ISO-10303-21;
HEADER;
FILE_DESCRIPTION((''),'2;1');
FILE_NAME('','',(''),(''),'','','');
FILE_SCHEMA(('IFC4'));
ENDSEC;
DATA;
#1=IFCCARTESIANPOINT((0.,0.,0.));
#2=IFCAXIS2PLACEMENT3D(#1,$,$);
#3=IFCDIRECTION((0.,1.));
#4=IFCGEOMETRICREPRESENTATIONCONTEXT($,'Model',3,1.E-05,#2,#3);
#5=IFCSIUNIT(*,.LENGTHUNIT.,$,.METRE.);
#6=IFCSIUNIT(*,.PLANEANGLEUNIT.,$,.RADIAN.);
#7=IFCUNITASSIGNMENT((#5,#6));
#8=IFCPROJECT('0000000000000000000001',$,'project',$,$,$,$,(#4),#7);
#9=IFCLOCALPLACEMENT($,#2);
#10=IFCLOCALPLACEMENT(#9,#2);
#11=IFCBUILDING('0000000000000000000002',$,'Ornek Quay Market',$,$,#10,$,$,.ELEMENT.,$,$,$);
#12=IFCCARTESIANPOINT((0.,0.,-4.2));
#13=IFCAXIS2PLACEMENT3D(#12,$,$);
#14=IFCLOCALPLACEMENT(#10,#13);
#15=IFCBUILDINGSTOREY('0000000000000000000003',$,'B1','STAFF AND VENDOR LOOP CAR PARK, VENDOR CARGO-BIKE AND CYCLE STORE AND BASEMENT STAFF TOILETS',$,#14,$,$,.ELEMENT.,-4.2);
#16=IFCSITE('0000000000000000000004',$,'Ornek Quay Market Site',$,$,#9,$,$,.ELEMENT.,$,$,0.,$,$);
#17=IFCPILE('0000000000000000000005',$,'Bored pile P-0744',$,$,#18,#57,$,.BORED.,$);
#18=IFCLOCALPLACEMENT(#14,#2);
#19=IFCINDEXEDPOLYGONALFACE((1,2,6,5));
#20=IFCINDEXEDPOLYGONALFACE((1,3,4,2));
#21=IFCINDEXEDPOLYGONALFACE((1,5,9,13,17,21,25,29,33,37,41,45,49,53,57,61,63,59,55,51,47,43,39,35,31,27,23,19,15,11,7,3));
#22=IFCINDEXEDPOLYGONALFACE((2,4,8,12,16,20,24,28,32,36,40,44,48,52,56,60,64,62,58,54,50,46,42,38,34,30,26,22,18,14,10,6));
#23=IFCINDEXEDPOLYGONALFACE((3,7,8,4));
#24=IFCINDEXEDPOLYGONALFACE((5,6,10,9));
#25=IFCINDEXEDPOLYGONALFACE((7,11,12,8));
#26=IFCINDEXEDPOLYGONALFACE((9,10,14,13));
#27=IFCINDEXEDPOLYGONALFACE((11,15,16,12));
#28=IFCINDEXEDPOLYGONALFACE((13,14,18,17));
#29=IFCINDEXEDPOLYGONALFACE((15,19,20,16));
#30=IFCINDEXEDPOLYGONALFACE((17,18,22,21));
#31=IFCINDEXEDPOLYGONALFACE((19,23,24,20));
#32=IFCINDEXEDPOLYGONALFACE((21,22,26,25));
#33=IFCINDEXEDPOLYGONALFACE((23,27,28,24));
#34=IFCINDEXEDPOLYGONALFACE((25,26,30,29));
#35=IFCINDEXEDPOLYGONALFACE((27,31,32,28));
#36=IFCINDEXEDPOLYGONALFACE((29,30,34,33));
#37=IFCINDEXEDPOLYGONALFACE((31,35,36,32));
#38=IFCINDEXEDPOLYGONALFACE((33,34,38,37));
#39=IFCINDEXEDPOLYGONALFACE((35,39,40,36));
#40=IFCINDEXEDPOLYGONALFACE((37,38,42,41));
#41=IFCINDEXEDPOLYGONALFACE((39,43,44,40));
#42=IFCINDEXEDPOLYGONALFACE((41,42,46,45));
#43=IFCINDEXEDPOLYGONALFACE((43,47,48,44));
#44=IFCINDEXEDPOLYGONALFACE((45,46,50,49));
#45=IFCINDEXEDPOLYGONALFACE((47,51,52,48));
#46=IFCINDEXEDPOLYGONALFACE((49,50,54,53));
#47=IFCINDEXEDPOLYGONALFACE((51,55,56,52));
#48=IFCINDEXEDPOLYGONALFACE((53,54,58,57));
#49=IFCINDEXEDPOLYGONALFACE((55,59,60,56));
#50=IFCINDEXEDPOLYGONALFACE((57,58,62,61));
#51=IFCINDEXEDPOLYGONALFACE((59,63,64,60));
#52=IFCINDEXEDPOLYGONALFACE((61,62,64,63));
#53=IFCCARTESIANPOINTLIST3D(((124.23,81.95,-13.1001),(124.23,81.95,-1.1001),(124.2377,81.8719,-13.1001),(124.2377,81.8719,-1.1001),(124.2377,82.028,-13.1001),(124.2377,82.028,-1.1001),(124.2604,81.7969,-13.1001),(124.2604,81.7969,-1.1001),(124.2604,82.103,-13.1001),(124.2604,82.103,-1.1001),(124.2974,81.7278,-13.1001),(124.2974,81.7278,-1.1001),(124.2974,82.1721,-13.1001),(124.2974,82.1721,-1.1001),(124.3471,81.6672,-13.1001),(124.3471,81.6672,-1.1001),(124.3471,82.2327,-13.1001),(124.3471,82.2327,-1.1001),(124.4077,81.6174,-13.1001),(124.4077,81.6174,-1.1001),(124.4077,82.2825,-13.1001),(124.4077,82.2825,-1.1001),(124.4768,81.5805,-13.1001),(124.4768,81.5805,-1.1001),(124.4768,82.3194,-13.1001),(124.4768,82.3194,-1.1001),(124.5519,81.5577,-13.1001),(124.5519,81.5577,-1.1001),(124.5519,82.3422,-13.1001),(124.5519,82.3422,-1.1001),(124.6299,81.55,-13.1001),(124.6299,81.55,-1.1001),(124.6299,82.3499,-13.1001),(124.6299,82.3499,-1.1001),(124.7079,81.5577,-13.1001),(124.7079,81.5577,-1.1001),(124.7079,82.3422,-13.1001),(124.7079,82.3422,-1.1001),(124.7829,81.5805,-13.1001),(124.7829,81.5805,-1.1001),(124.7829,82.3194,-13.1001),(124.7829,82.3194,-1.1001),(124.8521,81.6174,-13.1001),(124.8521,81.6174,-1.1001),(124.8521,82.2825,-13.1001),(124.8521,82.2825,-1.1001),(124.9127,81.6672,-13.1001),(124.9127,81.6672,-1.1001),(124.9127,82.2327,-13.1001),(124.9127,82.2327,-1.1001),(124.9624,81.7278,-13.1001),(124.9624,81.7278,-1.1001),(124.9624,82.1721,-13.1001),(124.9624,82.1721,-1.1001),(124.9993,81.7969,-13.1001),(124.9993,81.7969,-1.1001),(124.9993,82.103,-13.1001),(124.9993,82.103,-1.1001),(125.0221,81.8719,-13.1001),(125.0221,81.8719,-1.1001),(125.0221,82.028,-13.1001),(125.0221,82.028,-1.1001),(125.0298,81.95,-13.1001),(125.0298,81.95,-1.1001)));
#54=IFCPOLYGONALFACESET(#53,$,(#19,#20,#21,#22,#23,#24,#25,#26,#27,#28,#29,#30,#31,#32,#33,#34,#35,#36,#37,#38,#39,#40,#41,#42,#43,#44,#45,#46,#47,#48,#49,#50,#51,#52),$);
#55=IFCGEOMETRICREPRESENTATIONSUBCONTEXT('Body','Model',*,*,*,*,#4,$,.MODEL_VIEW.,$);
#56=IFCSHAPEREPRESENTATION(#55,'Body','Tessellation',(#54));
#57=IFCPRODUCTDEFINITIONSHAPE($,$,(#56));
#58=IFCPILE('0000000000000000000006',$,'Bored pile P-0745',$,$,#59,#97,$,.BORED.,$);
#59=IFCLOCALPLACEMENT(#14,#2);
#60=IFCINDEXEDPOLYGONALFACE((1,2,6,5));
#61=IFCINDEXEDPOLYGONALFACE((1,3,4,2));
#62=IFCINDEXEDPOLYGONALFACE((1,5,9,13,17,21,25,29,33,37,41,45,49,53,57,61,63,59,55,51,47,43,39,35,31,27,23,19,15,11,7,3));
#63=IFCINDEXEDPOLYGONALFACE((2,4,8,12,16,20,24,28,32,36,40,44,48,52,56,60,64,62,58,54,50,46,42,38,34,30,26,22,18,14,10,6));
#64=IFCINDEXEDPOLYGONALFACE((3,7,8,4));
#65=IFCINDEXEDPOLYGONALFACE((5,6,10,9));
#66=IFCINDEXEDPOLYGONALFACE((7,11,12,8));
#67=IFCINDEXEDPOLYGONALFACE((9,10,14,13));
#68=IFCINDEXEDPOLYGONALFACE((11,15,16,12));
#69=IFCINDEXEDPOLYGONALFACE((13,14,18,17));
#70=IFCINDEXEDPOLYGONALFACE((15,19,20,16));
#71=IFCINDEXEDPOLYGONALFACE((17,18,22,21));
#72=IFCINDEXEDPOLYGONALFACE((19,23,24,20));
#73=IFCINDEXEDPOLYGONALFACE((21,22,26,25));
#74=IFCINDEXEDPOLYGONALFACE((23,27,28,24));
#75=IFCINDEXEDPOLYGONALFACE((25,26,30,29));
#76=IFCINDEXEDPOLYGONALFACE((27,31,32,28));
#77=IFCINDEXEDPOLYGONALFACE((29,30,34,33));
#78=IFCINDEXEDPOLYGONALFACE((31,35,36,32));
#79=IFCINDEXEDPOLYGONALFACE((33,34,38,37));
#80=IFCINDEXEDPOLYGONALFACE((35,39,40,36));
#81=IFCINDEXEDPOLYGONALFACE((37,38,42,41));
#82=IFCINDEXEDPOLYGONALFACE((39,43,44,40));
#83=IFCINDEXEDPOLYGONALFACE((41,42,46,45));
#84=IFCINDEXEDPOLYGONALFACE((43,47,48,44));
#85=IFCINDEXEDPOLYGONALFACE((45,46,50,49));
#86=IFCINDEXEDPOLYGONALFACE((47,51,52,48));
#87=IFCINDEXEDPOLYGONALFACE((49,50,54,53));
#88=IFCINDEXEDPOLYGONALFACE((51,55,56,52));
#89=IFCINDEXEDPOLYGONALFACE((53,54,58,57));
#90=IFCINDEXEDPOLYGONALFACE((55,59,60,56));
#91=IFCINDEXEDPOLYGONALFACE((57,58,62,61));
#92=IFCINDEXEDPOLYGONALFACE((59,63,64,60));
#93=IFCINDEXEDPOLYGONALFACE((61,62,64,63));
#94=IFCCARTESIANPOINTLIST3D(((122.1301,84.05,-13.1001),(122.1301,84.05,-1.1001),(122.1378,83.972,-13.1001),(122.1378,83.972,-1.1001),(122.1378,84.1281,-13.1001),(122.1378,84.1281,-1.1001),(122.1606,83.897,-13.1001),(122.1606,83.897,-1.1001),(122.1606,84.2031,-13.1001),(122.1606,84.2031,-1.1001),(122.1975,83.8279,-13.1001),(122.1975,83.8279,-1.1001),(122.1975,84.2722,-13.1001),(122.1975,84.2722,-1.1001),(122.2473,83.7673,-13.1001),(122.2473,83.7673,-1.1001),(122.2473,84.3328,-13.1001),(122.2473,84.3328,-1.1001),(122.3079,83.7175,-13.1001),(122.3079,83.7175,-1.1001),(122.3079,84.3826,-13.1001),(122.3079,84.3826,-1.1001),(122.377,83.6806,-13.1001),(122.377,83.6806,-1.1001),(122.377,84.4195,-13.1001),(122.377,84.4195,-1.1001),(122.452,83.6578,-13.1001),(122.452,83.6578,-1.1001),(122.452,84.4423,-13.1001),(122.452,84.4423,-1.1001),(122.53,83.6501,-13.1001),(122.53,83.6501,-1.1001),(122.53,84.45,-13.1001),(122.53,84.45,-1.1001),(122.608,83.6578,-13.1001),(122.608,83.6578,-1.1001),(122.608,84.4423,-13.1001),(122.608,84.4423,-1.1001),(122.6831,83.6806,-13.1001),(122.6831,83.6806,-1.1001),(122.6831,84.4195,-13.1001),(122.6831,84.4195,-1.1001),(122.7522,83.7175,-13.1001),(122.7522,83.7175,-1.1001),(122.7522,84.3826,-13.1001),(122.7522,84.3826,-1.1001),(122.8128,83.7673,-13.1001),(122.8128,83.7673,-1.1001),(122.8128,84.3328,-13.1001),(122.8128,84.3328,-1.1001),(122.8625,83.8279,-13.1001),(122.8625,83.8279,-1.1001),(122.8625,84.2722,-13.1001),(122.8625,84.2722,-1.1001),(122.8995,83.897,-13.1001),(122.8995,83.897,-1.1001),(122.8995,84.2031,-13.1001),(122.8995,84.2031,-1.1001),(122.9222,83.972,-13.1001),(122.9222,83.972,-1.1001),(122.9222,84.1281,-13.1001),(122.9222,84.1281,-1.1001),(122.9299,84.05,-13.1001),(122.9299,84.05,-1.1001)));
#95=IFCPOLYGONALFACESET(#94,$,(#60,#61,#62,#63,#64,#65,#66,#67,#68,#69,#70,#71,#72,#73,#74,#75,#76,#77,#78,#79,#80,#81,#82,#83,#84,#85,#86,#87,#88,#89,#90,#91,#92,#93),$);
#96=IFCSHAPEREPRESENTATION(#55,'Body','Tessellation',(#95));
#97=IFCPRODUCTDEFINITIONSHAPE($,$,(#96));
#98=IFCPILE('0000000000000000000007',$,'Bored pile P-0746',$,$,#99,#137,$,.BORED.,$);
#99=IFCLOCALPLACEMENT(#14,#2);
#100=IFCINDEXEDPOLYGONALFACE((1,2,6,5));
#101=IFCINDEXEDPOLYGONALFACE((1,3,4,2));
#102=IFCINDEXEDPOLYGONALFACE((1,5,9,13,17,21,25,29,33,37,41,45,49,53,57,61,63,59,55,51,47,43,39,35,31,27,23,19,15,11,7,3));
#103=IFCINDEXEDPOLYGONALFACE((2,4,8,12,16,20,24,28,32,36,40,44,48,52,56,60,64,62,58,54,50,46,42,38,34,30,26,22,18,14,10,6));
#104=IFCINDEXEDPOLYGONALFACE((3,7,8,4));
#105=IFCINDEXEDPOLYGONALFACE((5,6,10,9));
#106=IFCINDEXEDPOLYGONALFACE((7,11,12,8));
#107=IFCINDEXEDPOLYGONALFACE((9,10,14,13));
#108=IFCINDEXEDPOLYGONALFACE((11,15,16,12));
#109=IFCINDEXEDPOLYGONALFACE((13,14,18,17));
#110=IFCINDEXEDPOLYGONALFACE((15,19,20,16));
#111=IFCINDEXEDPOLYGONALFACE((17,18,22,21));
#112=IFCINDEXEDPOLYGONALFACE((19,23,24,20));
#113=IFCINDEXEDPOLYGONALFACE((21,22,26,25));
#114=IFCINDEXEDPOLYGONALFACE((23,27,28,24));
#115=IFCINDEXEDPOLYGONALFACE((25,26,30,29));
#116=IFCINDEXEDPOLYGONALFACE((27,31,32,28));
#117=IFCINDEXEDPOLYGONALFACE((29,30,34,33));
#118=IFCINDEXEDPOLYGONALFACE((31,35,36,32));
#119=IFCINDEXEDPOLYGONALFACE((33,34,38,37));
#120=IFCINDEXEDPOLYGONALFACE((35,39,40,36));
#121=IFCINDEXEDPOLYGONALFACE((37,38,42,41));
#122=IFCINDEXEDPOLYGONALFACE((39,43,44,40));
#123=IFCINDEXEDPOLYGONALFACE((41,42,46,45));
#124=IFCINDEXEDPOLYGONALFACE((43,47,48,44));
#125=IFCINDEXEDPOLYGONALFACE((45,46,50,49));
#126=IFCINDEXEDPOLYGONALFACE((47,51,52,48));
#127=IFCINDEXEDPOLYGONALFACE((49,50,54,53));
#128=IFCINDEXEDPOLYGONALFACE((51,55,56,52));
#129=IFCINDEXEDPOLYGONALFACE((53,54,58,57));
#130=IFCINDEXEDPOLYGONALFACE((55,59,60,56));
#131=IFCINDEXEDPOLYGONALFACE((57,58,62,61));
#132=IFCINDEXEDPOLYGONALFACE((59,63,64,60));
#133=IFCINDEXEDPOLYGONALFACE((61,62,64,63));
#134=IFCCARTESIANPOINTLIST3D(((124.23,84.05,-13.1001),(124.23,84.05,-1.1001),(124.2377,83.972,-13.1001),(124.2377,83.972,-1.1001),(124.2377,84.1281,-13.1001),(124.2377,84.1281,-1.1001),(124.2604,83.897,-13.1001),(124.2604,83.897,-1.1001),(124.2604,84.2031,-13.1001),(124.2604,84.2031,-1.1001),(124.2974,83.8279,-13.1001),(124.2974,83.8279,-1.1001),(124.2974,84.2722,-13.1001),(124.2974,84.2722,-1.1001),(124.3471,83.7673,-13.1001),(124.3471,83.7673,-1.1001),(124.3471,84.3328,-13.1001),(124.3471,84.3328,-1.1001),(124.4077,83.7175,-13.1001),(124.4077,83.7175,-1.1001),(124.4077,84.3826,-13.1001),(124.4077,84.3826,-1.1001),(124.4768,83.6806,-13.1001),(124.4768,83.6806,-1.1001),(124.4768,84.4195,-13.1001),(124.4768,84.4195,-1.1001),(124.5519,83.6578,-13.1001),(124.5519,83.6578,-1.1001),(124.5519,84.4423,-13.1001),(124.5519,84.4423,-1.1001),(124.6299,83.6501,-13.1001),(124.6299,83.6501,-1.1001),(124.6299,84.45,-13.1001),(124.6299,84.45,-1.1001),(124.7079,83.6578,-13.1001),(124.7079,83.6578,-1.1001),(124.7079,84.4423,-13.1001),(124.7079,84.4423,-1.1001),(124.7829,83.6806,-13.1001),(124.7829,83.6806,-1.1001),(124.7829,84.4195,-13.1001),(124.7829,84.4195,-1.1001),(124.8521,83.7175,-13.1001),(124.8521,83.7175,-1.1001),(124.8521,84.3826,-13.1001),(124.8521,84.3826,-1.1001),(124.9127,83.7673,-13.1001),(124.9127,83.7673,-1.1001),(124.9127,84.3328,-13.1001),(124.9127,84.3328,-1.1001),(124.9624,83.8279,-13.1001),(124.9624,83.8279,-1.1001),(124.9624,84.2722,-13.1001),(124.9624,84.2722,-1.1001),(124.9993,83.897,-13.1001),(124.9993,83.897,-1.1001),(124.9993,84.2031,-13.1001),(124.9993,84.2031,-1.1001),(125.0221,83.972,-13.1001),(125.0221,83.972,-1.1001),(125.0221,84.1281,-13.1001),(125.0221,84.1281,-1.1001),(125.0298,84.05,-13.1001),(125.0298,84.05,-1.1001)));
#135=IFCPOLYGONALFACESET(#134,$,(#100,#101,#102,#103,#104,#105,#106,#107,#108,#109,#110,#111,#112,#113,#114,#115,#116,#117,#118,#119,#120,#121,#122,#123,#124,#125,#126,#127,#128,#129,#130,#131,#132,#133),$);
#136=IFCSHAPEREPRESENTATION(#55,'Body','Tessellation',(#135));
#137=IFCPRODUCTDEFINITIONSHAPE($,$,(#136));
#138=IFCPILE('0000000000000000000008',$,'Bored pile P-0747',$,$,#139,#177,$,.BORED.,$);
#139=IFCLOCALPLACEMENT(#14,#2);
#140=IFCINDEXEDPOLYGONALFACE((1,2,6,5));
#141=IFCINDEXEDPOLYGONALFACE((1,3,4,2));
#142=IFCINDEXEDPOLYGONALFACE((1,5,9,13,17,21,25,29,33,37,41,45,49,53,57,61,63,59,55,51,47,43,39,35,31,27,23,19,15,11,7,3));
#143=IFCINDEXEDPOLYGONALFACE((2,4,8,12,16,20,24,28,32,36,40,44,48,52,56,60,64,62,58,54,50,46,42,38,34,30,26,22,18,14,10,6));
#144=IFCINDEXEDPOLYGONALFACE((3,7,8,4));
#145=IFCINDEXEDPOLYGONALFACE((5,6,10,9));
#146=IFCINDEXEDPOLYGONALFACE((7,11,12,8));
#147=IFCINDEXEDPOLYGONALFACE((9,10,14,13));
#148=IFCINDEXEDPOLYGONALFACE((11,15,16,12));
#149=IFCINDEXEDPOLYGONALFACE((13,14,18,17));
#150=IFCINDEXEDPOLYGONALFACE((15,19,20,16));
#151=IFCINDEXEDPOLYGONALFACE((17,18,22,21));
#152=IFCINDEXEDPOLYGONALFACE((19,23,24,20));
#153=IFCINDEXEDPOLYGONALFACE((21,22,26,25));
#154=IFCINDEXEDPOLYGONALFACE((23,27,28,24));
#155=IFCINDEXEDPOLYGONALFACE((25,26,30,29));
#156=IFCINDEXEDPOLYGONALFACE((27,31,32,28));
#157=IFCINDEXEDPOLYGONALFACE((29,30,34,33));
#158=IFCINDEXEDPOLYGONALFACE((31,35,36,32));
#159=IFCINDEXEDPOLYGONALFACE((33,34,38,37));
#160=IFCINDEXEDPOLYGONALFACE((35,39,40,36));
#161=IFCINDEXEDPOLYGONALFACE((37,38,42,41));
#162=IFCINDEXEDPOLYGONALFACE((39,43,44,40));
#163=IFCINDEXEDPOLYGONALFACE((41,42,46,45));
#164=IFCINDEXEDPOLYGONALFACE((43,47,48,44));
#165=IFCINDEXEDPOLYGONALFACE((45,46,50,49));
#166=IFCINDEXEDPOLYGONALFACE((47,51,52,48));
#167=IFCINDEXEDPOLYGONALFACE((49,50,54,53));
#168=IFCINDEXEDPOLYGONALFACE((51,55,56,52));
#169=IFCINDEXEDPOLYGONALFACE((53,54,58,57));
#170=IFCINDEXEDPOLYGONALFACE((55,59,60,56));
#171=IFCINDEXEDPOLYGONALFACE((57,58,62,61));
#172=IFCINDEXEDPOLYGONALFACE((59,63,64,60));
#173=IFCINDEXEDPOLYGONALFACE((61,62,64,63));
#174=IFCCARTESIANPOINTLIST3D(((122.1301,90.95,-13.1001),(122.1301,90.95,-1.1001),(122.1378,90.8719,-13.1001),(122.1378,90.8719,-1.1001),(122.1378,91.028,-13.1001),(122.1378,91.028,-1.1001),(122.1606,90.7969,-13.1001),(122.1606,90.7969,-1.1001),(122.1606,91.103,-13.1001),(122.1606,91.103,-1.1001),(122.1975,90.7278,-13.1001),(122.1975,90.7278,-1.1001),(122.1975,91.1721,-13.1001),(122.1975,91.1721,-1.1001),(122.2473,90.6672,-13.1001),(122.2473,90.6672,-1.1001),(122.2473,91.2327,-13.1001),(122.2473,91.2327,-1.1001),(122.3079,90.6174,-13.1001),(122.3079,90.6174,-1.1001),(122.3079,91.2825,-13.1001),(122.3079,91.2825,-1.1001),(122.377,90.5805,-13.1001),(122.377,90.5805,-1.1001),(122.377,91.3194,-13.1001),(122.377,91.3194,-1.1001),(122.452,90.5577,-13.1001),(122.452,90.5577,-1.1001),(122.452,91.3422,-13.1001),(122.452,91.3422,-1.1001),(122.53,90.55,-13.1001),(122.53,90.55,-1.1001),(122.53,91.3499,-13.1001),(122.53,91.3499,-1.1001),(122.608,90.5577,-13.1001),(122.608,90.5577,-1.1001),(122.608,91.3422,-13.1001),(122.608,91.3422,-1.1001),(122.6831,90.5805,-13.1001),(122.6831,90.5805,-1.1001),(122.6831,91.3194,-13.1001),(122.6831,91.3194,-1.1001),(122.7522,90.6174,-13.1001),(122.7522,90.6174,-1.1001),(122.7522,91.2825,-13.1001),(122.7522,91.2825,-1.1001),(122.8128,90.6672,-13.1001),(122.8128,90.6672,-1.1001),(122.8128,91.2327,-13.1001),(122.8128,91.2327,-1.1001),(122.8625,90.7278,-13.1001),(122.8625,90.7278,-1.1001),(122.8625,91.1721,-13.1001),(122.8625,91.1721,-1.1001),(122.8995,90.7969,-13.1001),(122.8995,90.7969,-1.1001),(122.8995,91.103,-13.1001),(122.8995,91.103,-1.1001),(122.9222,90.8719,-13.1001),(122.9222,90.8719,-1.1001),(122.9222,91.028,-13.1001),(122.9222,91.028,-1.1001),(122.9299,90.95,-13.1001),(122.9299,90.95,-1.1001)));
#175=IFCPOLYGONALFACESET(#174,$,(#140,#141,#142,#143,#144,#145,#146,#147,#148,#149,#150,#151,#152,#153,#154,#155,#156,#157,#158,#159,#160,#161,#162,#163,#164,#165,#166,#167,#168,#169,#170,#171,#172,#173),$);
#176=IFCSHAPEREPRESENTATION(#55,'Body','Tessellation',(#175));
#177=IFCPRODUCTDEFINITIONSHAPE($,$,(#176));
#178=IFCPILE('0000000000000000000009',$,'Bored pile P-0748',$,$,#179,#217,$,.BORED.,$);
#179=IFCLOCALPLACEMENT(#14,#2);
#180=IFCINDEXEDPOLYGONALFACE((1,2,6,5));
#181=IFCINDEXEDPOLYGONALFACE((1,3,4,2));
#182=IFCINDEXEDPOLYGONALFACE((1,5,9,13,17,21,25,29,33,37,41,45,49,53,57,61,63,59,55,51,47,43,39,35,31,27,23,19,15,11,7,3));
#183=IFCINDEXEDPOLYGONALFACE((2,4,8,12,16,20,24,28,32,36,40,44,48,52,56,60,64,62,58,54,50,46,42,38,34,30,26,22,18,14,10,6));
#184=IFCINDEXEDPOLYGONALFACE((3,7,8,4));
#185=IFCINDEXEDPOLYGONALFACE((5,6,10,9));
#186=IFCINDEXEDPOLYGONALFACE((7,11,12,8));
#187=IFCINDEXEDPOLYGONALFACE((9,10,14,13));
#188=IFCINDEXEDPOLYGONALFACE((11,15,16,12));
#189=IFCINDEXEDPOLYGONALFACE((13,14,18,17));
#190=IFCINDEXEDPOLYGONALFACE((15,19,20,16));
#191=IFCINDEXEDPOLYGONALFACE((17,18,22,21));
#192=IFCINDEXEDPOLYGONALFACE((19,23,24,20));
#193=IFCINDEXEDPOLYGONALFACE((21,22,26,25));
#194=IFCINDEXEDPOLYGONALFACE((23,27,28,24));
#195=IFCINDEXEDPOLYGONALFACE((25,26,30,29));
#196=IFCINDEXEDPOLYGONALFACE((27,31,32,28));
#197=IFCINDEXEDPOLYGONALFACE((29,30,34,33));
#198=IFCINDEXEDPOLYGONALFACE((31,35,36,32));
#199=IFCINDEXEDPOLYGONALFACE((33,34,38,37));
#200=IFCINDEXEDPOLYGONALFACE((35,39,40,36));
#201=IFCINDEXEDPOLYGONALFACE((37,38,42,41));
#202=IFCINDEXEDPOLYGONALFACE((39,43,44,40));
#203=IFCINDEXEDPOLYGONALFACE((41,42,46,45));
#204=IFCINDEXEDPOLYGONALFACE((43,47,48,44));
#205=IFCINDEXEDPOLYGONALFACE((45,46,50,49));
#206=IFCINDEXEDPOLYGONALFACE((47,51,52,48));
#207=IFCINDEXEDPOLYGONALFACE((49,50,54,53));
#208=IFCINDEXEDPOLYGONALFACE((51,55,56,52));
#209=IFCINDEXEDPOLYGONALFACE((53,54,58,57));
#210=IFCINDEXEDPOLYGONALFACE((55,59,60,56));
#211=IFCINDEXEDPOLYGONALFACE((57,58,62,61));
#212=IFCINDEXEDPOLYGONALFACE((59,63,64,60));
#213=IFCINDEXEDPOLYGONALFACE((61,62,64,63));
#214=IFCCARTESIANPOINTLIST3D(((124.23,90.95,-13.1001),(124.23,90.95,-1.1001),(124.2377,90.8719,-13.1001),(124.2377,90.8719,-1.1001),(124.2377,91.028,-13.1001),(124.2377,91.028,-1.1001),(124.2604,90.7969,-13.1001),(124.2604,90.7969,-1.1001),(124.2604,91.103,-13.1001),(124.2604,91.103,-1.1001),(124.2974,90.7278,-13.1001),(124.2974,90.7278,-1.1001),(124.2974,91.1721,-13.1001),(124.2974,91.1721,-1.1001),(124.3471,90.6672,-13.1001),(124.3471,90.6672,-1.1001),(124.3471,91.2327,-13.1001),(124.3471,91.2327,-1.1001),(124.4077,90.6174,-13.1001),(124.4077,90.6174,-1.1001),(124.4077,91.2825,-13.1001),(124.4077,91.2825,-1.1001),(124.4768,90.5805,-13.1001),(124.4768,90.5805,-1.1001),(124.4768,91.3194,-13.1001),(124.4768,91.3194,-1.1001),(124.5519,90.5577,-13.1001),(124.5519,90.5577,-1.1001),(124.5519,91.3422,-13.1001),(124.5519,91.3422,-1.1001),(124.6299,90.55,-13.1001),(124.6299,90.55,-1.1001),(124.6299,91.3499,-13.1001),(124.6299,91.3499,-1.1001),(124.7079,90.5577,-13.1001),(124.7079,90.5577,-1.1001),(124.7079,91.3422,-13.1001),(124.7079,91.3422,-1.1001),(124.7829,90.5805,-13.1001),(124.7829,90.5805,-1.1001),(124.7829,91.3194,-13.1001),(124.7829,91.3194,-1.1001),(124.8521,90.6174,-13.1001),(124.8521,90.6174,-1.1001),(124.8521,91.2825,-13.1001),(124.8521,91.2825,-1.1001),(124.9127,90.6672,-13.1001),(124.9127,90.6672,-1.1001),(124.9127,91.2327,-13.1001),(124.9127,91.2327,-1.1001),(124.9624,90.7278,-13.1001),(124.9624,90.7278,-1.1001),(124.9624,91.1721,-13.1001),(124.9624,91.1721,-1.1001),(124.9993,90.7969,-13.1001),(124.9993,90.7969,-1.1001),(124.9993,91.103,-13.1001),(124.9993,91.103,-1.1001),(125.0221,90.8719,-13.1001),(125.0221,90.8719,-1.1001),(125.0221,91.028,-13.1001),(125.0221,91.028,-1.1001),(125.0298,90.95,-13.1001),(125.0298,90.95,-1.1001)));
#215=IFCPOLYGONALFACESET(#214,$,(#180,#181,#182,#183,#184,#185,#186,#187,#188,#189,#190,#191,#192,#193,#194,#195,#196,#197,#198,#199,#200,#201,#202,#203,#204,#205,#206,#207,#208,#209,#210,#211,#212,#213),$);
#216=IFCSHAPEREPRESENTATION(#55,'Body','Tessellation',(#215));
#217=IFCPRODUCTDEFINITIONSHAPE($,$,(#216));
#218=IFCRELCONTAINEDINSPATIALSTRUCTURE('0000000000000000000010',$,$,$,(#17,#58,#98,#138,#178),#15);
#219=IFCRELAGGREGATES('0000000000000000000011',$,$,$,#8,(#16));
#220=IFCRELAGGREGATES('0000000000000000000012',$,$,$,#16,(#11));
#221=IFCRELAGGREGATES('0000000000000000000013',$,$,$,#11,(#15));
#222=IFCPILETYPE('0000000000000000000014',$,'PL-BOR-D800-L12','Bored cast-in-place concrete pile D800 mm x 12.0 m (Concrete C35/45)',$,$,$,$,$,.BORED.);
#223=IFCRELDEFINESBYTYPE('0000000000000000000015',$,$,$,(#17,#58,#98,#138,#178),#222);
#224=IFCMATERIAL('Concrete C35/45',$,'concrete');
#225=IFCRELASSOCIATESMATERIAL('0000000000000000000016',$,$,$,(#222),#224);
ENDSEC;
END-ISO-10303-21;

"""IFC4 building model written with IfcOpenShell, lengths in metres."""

from ifc_helpers import new_model, si_unit, direction, frame, origin, origin_2d, place, context, subcontext, project, spatial, circle, extrude, material, material_profile, profile_set, type_object, element, save


model = new_model("IFC4")

# Units and contexts
model_context = context("Model", 3, precision=1e-05, world=origin(), true_north=direction((0.0, 1.0)))
body_context = subcontext(model_context, "Body", "Model", "MODEL_VIEW")
ifc_project = project(units=[si_unit("LENGTHUNIT", "METRE"), si_unit("PLANEANGLEUNIT", "RADIAN")], contexts=[model_context])

# Site, building, storey
site_placement = place(None, origin())
site = spatial("IfcSite", under=ifc_project, at=site_placement, Name="Ornek Quay Market Site", CompositionType="ELEMENT", RefElevation=0.0)
building_placement = place(site_placement, origin())
building = spatial("IfcBuilding", under=site, at=building_placement, Name="Ornek Quay Market", CompositionType="ELEMENT")
storey_placement = place(building_placement, frame((0.0, 0.0, -4.2)))
storey = spatial("IfcBuildingStorey", under=building, at=storey_placement, Name="B1", Description="STAFF AND VENDOR LOOP CAR PARK, VENDOR CARGO-BIKE AND CYCLE STORE AND BASEMENT STAFF TOILETS", CompositionType="ELEMENT", Elevation=-4.2)

# Piles
ifc_material_1 = material(Name="Concrete C35/45", Category="concrete")
ifc_material_profile_1 = material_profile(ifc_material_1, circle(Radius=0.3999, at=origin_2d()), Name="PILE D800", Category="concrete")
ifc_profile_set_1 = profile_set([ifc_material_profile_1], Name="Concrete C35/45")
pile_type_1 = type_object("IfcPileType", Name="PL-BOR-D800-L12", Description="Bored cast-in-place concrete pile D800 mm x 12.0 m (Concrete C35/45)", PredefinedType="BORED", material=ifc_profile_set_1)
for number, where, z_axis, x_axis, name in (
    (1, (124.6299, 81.95, -1.1001), (0.0, 0.0, -1.0), (1.0, 0.0, 0.0), "Bored pile P-0744"),
    (2, (122.53, 84.05, -1.1001), (0.0, 0.0, -1.0), (1.0, 0.0, 0.0), "Bored pile P-0745"),
    (3, (124.6299, 84.05, -1.1001), (0.0, 0.0, -1.0), (1.0, 0.0, 0.0), "Bored pile P-0746"),
    (4, (122.53, 90.95, -1.1001), (0.0, 0.0, -1.0), (1.0, 0.0, 0.0), "Bored pile P-0747"),
    (5, (124.6299, 90.95, -1.1001), (0.0, 0.0, -1.0), (1.0, 0.0, 0.0), "Bored pile P-0748"),
):
    element("IfcPile", number, at=place(storey_placement, frame(where, z_axis=z_axis, x_axis=x_axis)), inside=storey, type_object=pile_type_1, Name=name, PredefinedType="BORED", context=body_context, shape_type="SweptSolid", body=[
        extrude(circle(Radius=0.3999, at=origin_2d()), origin(), (0.0, 0.0, 1.0), 12.0),
    ])

save(model, "model.ifc")
